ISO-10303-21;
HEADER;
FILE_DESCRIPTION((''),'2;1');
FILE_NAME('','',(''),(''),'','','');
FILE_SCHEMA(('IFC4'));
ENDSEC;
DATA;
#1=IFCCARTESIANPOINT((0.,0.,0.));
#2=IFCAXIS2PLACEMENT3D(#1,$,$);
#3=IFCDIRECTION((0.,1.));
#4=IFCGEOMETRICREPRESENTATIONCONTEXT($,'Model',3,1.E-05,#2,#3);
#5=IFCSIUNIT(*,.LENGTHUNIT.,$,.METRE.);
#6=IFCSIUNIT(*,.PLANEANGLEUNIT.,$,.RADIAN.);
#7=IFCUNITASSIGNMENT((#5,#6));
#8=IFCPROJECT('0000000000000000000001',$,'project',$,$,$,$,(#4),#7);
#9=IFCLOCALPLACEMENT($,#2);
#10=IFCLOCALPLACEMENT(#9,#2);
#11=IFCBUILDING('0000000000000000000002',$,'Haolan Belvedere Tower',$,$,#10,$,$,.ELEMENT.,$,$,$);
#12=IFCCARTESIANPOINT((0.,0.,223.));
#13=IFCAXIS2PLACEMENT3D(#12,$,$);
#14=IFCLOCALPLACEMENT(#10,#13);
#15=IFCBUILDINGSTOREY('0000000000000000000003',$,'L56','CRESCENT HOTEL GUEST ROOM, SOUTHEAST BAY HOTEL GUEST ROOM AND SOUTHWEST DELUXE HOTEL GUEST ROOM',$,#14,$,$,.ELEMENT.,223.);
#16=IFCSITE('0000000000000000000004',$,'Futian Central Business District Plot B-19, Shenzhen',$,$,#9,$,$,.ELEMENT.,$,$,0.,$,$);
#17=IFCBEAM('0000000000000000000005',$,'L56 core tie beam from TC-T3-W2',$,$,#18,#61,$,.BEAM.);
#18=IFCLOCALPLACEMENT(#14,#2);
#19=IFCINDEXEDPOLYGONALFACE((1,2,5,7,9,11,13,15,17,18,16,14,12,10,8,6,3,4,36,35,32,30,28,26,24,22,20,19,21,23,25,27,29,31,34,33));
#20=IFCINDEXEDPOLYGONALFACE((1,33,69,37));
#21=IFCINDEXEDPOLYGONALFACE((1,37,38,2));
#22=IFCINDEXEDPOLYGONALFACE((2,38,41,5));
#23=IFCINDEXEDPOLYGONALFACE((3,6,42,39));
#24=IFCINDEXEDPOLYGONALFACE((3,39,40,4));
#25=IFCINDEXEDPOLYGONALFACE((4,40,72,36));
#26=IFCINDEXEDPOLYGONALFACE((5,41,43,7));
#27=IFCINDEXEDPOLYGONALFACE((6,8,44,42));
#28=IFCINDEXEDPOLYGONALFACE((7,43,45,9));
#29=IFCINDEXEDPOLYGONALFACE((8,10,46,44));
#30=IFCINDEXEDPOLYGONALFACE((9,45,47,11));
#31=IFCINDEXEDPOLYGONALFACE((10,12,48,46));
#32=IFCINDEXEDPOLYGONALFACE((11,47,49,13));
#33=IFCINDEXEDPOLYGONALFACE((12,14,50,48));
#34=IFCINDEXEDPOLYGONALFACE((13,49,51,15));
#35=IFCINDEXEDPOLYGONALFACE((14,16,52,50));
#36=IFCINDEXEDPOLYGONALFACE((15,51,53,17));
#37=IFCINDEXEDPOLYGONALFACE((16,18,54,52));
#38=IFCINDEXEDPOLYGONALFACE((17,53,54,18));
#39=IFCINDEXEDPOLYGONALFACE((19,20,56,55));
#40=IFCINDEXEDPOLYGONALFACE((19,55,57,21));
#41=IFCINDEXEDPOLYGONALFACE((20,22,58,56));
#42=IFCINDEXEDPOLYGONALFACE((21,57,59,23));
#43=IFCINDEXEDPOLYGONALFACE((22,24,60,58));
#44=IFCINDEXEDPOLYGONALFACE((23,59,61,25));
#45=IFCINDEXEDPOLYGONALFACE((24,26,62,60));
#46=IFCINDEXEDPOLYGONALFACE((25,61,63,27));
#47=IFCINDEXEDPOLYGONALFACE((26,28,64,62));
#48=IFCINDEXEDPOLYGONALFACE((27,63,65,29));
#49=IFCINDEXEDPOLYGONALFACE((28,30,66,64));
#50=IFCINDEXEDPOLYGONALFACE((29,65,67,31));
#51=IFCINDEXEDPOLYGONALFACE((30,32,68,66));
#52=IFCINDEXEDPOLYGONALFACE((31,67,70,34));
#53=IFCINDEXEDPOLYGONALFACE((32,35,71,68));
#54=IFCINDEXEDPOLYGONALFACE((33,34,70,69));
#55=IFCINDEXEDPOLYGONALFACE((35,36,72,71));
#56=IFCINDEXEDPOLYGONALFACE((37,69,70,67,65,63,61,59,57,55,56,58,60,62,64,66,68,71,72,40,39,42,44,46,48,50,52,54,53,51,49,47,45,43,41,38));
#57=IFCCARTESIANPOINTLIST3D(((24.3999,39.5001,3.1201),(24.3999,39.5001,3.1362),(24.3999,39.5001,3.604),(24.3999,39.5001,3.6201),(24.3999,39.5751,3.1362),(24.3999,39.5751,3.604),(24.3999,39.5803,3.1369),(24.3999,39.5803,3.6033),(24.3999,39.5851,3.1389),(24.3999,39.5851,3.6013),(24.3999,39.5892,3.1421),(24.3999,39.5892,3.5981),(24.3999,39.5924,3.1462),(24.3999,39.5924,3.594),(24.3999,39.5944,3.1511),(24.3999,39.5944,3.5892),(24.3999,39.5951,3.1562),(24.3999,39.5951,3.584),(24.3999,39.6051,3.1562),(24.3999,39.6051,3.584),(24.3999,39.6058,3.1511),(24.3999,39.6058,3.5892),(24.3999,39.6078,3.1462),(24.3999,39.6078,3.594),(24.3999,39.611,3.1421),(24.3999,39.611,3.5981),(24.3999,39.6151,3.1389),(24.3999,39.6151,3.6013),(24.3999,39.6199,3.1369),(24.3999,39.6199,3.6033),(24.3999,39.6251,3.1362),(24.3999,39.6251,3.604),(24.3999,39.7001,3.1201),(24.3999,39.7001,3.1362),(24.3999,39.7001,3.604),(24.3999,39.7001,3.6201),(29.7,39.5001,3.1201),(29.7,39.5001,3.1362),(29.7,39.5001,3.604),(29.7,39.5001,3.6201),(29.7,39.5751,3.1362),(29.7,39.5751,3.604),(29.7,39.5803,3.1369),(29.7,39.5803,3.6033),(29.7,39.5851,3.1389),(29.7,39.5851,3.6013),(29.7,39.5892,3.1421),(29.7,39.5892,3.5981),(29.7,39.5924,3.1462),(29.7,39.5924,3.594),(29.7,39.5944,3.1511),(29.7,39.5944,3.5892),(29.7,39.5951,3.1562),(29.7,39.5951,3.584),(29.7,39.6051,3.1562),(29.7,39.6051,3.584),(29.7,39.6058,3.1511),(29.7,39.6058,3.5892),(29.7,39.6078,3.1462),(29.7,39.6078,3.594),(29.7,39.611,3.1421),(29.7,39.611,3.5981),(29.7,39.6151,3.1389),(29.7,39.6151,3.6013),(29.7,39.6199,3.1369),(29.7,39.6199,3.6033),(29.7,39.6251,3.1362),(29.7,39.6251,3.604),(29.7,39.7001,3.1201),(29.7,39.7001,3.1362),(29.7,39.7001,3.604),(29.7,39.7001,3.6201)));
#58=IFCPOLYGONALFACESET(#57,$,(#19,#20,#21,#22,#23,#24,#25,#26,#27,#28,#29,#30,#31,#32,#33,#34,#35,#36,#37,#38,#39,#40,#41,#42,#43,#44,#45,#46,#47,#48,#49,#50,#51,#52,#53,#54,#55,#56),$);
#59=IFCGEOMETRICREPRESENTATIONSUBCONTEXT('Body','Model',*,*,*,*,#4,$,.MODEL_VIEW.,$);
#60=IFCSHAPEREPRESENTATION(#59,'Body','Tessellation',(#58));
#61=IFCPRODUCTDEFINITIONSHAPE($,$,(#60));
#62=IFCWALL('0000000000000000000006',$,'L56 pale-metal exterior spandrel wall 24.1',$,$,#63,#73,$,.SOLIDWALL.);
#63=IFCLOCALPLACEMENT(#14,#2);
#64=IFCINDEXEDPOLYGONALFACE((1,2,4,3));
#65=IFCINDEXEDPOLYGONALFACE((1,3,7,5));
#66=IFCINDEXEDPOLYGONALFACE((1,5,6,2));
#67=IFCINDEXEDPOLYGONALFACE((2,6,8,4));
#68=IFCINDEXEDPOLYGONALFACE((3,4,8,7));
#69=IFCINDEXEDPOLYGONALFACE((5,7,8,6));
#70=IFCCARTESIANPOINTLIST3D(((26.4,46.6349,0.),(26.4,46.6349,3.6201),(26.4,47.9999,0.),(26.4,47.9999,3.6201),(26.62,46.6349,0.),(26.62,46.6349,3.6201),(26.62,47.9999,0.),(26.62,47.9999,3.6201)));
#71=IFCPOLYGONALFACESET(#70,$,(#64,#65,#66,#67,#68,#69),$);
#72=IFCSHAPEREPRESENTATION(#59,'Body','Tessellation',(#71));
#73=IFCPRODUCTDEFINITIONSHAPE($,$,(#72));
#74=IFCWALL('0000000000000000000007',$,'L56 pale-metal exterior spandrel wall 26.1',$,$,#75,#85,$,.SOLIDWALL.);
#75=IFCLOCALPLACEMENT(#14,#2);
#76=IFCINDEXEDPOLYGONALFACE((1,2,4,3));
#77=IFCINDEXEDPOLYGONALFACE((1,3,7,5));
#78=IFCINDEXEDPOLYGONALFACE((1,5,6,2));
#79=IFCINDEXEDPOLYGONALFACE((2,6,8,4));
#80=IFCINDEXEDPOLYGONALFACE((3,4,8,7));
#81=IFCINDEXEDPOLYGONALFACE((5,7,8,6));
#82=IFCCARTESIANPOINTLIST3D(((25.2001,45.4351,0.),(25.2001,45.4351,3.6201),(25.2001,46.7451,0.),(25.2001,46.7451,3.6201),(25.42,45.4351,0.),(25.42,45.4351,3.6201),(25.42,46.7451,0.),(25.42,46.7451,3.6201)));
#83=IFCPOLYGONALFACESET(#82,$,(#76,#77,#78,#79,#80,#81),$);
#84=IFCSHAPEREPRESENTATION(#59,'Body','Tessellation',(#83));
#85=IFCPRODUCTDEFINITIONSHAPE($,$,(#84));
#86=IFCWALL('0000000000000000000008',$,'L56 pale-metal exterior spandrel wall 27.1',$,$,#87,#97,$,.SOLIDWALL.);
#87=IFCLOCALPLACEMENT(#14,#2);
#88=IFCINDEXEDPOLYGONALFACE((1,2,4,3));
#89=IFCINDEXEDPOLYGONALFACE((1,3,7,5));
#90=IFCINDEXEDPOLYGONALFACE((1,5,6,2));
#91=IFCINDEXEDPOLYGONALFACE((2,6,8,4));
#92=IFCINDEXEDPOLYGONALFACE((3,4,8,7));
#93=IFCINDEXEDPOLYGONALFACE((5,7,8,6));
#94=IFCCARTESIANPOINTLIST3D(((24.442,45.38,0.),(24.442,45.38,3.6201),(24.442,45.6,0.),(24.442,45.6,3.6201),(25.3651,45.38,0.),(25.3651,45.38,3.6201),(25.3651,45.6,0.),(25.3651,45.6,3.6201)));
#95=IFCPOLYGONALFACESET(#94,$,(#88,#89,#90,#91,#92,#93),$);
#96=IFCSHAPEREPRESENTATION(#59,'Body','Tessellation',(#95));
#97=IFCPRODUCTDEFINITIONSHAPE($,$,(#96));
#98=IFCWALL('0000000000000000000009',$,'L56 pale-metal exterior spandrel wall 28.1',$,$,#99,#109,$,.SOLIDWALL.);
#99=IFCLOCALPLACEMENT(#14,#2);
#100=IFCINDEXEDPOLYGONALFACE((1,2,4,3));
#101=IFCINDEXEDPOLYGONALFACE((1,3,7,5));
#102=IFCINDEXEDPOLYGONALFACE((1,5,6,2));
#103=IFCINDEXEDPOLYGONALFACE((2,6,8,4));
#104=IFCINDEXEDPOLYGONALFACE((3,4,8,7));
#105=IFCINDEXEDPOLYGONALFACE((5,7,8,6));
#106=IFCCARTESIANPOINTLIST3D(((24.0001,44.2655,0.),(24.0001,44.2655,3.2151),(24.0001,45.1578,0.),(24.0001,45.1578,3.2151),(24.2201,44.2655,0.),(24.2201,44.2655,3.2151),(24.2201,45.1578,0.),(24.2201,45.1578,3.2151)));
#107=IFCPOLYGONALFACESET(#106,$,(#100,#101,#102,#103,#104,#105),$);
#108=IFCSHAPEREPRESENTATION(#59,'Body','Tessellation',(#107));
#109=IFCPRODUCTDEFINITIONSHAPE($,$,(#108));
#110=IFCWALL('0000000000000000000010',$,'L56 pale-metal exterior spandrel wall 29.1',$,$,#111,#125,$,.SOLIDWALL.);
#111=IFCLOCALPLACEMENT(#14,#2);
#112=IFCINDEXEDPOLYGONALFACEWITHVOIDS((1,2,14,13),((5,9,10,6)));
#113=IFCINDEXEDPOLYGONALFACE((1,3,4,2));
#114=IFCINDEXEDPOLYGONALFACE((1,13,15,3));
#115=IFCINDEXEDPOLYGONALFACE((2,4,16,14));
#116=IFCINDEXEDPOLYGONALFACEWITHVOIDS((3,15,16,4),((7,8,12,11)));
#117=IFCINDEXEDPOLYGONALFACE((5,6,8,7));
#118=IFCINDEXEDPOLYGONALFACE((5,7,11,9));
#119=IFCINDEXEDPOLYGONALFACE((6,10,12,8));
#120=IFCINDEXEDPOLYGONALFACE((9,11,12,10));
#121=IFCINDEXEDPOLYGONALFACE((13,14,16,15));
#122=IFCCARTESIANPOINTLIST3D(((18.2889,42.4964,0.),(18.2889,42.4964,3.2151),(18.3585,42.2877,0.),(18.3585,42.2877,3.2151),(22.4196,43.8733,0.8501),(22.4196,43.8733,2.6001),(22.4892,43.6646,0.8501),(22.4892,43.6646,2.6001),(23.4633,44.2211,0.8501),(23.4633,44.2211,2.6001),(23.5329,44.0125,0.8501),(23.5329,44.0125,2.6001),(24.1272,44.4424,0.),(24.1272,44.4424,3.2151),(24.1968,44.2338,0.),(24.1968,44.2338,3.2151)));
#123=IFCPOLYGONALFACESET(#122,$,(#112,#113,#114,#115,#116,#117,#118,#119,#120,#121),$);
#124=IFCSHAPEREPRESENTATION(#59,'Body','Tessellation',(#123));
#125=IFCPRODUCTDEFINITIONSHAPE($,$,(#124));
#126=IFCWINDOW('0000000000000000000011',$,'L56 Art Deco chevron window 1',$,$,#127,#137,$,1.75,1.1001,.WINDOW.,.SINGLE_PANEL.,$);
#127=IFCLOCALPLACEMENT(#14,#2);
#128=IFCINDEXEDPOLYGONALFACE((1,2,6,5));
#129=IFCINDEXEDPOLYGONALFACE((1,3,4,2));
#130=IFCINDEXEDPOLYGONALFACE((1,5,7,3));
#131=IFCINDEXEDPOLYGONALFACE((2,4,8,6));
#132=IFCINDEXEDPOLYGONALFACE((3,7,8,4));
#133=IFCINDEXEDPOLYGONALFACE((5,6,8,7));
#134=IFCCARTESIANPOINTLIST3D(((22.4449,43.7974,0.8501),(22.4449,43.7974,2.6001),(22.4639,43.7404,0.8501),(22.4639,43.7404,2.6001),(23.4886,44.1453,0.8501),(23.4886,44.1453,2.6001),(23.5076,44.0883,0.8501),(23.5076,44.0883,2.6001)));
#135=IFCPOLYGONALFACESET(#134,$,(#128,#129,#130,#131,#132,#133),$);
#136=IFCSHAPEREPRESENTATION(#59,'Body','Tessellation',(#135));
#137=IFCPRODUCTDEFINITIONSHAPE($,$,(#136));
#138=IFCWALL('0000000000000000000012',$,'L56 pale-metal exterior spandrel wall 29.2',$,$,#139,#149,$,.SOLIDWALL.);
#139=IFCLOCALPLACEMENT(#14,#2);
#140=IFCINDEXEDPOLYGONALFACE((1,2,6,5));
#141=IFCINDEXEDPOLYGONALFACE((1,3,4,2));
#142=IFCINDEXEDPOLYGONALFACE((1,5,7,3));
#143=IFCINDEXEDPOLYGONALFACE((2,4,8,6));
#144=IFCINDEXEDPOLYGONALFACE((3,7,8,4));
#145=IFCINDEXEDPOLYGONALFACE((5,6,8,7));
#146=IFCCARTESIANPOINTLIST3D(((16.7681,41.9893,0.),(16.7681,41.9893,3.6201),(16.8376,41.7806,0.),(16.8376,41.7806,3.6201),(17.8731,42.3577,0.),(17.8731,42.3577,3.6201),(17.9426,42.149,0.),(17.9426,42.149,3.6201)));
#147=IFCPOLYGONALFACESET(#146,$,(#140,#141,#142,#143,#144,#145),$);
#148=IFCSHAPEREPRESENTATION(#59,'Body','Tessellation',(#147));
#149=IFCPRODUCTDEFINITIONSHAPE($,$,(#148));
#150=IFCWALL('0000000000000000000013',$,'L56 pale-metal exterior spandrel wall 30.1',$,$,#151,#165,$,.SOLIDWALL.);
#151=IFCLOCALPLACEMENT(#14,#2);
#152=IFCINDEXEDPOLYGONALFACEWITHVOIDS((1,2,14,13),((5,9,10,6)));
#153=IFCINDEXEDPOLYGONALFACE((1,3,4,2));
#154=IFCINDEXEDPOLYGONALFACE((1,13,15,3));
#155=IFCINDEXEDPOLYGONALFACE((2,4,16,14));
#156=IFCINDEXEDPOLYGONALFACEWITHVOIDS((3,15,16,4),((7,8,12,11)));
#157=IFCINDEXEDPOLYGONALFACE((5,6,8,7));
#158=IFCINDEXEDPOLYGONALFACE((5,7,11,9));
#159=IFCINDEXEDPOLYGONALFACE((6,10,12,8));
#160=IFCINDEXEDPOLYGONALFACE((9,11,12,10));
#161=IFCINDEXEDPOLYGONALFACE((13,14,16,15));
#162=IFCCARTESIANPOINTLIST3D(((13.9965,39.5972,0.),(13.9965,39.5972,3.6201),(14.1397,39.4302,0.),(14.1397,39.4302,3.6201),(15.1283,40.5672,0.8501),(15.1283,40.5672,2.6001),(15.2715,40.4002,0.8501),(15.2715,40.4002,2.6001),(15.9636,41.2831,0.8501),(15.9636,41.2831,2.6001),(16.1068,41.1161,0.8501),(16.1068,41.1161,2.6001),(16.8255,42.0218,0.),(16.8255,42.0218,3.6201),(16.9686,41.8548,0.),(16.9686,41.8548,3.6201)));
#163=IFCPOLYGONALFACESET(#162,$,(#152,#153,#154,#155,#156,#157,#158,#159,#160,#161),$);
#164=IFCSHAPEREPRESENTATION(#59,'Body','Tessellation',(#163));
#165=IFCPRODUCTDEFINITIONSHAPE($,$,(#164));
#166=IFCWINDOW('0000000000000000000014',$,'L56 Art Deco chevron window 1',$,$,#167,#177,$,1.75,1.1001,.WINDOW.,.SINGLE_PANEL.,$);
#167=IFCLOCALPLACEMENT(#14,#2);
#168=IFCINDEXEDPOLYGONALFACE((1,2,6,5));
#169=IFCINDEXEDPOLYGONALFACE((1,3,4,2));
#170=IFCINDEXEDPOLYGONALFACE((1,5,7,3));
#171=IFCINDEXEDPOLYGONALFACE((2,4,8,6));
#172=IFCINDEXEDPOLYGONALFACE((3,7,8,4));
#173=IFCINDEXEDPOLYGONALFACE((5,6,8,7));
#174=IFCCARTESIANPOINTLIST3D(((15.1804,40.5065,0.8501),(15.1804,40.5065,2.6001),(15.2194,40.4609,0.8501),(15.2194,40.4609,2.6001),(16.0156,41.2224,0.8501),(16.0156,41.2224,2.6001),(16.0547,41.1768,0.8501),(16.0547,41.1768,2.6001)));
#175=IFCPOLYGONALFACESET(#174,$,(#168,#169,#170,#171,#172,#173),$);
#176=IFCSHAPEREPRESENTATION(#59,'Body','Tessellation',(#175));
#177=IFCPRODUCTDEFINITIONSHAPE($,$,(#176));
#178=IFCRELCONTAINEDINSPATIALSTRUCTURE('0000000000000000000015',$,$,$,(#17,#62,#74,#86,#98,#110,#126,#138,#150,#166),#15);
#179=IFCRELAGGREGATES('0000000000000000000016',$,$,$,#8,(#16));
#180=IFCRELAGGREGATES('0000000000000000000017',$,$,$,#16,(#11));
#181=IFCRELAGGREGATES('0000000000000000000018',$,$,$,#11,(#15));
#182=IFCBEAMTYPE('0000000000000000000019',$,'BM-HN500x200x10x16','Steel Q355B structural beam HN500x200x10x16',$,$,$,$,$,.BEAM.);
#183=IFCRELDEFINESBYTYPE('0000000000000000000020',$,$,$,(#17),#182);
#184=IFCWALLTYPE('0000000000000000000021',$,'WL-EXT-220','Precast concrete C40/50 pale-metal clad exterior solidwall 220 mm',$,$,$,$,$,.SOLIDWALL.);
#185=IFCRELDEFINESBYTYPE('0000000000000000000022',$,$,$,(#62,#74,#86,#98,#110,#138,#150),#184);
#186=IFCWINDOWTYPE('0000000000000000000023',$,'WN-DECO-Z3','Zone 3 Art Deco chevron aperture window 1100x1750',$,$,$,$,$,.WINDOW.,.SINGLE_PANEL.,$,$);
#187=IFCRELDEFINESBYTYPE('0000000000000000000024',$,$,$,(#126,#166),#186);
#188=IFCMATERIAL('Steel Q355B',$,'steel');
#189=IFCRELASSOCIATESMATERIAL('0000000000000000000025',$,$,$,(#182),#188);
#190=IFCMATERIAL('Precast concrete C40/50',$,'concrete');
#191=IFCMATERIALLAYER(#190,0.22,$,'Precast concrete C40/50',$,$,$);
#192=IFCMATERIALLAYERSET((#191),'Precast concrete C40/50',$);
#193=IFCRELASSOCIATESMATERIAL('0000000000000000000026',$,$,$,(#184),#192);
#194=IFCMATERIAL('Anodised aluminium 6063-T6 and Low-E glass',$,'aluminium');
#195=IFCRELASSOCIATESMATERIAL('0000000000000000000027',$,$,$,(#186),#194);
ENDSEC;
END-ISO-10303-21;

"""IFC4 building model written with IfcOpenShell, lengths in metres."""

from ifc_helpers import new_model, si_unit, direction, frame, frame_2d, origin, origin_2d, place, context, subcontext, project, spatial, rectangle, i_section, extrude, material, layer, layer_set, material_profile, profile_set, type_object, element, fill, save


model = new_model("IFC4")

# Units and contexts
model_context = context("Model", 3, precision=1e-05, world=origin(), true_north=direction((0.0, 1.0)))
body_context = subcontext(model_context, "Body", "Model", "MODEL_VIEW")
ifc_project = project(units=[si_unit("LENGTHUNIT", "METRE"), si_unit("PLANEANGLEUNIT", "RADIAN")], contexts=[model_context])

# Site, building, storey
site_placement = place(None, origin())
site = spatial("IfcSite", under=ifc_project, at=site_placement, Name="Futian Central Business District Plot B-19, Shenzhen", CompositionType="ELEMENT", RefElevation=0.0)
building_placement = place(site_placement, origin())
building = spatial("IfcBuilding", under=site, at=building_placement, Name="Haolan Belvedere Tower", CompositionType="ELEMENT")
storey_placement = place(building_placement, frame((0.0, 0.0, 223.0)))
storey = spatial("IfcBuildingStorey", under=building, at=storey_placement, Name="L56", Description="CRESCENT HOTEL GUEST ROOM, SOUTHEAST BAY HOTEL GUEST ROOM AND SOUTHWEST DELUXE HOTEL GUEST ROOM", CompositionType="ELEMENT", Elevation=223.0)

# Beam
ifc_material_1 = material(Name="Steel Q355B", Category="steel")
ifc_material_profile_1 = material_profile(ifc_material_1, i_section(OverallWidth=0.2, OverallDepth=0.5, WebThickness=0.01, FlangeThickness=0.0161, FilletRadius=0.02, at=origin_2d()), Name="Steel Q355B")
ifc_profile_set_1 = profile_set([ifc_material_profile_1], Name="Steel Q355B")
beam_type_1 = type_object("IfcBeamType", Name="BM-HN500x200x10x16", Description="Steel Q355B structural beam HN500x200x10x16", PredefinedType="BEAM", material=ifc_profile_set_1)
beam_1_placement = place(storey_placement, frame((24.3999, 39.6001, 3.3701), z_axis=(1.0, 0.0, 0.0), x_axis=(0.0, 1.0, 0.0)))
element("IfcBeam", 1, at=beam_1_placement, inside=storey, type_object=beam_type_1, Name="L56 core tie beam from TC-T3-W2", PredefinedType="BEAM", context=body_context, shape_type="SweptSolid", body=[
    extrude(i_section(OverallWidth=0.2, OverallDepth=0.5, WebThickness=0.01, FlangeThickness=0.0161, FilletRadius=0.02, at=origin_2d()), origin(), (0.0, 0.0, 1.0), 5.3),
])

# Walls
ifc_material_2 = material(Name="Precast concrete C40/50", Category="concrete")
ifc_layer_1 = layer(ifc_material_2, 0.22, Name="Precast concrete C40/50")
ifc_layer_set_1 = layer_set([ifc_layer_1], Name="Precast concrete C40/50")
wall_type_1 = type_object("IfcWallType", Name="WL-EXT-220", Description="Precast concrete C40/50 pale-metal clad exterior solidwall 220 mm", PredefinedType="SOLIDWALL", material=ifc_layer_set_1)
wall_1_placement = place(storey_placement, frame((26.51, 48.0, 0.0), z_axis=(0.0, 0.0, 1.0), x_axis=(0.0, -1.0, 0.0)))
element("IfcWall", 2, at=wall_1_placement, inside=storey, type_object=wall_type_1, Name="L56 pale-metal exterior spandrel wall 24.1", PredefinedType="SOLIDWALL", context=body_context, shape_type="SweptSolid", body=[
    extrude(rectangle(XDim=1.365, YDim=0.22, at=frame_2d((0.6826, 0.0))), origin(), (0.0, 0.0, 1.0), 3.6201),
])
wall_2_placement = place(storey_placement, frame((25.3101, 46.7451, 0.0), z_axis=(0.0, 0.0, 1.0), x_axis=(0.0, -1.0, 0.0)))
element("IfcWall", 3, at=wall_2_placement, inside=storey, type_object=wall_type_1, Name="L56 pale-metal exterior spandrel wall 26.1", PredefinedType="SOLIDWALL", context=body_context, shape_type="SweptSolid", body=[
    extrude(rectangle(XDim=1.3101, YDim=0.22, at=frame_2d((0.655, 0.0))), origin(), (0.0, 0.0, 1.0), 3.6201),
])
wall_3_placement = place(storey_placement, frame((25.365, 45.49, 0.0), z_axis=(0.0, 0.0, 1.0), x_axis=(-1.0, 0.0, 0.0)))
element("IfcWall", 4, at=wall_3_placement, inside=storey, type_object=wall_type_1, Name="L56 pale-metal exterior spandrel wall 27.1", PredefinedType="SOLIDWALL", context=body_context, shape_type="SweptSolid", body=[
    extrude(rectangle(XDim=0.9231, YDim=0.22, at=frame_2d((0.4614, 0.0))), origin(), (0.0, 0.0, 1.0), 3.6201),
])
wall_4_placement = place(storey_placement, frame((24.1101, 45.158, 0.0), z_axis=(0.0, 0.0, 1.0), x_axis=(0.0, -1.0, 0.0)))
element("IfcWall", 5, at=wall_4_placement, inside=storey, type_object=wall_type_1, Name="L56 pale-metal exterior spandrel wall 28.1", PredefinedType="SOLIDWALL", context=body_context, shape_type="SweptSolid", body=[
    extrude(rectangle(XDim=0.8923, YDim=0.22, at=frame_2d((0.4463, 0.0))), origin(), (0.0, 0.0, 1.0), 3.2151),
])

# Wall, opening, window
wall_5_placement = place(storey_placement, frame((24.1621, 44.3381, 0.0), z_axis=(0.0, 0.0, 1.0), x_axis=(-0.948687, -0.316216, 0.0)))
wall_5 = element("IfcWall", 6, at=wall_5_placement, inside=storey, type_object=wall_type_1, Name="L56 pale-metal exterior spandrel wall 29.1", PredefinedType="SOLIDWALL", context=body_context, shape_type="SweptSolid", body=[
    extrude(rectangle(XDim=6.1541, YDim=0.22, at=frame_2d((3.0771, 0.0))), origin(), (0.0, 0.0, 1.0), 3.2151),
])
opening_1_placement = place(wall_5_placement, frame((0.7, 0.0, 0.8501)))
opening_1 = element("IfcOpeningElement", 7, at=opening_1_placement, cuts=wall_5, PredefinedType="OPENING", context=body_context, shape_type="SweptSolid", body=[
    extrude(rectangle(XDim=1.1001, YDim=1.75, at=frame_2d((0.55, 0.875))), frame((0.0, 0.1199, 0.0), z_axis=(0.0, -1.0, 0.0), x_axis=(1.0, 0.0, 0.0)), (0.0, 0.0, 1.0), 0.24),
])
ifc_material_3 = material(Name="Anodised aluminium 6063-T6 and Low-E glass", Category="aluminium")
window_type = type_object("IfcWindowType", Name="WN-DECO-Z3", Description="Zone 3 Art Deco chevron aperture window 1100x1750", PartitioningType="SINGLE_PANEL", PredefinedType="WINDOW", material=ifc_material_3)
window_1_placement = place(opening_1_placement, origin())
window_1 = element("IfcWindow", 8, at=window_1_placement, inside=storey, type_object=window_type, Name="L56 Art Deco chevron window 1", OverallHeight=1.75, OverallWidth=1.1001, PartitioningType="SINGLE_PANEL", PredefinedType="WINDOW", context=body_context, shape_type="SweptSolid", body=[
    extrude(rectangle(XDim=1.1001, YDim=1.75, at=frame_2d((0.55, 0.875))), frame((0.0, 0.03, 0.0), z_axis=(0.0, -1.0, 0.0), x_axis=(1.0, 0.0, 0.0)), (0.0, 0.0, 1.0), 0.0601),
])
fill(opening_1, window_1)

# Wall
wall_6_placement = place(storey_placement, frame((17.908, 42.2534, 0.0), z_axis=(0.0, 0.0, 1.0), x_axis=(-0.948662, -0.316291, 0.0)))
element("IfcWall", 9, at=wall_6_placement, inside=storey, type_object=wall_type_1, Name="L56 pale-metal exterior spandrel wall 29.2", PredefinedType="SOLIDWALL", context=body_context, shape_type="SweptSolid", body=[
    extrude(rectangle(XDim=1.1648, YDim=0.22, at=frame_2d((0.5825, 0.0))), origin(), (0.0, 0.0, 1.0), 3.6201),
])

# Wall, opening, window
wall_7_placement = place(storey_placement, frame((16.897, 41.9382, 0.0), z_axis=(0.0, 0.0, 1.0), x_axis=(-0.75928, -0.650764, 0.0)))
wall_7 = element("IfcWall", 10, at=wall_7_placement, inside=storey, type_object=wall_type_1, Name="L56 pale-metal exterior spandrel wall 30.1", PredefinedType="SOLIDWALL", context=body_context, shape_type="SweptSolid", body=[
    extrude(rectangle(XDim=3.7258, YDim=0.22, at=frame_2d((1.8628, 0.0))), origin(), (0.0, 0.0, 1.0), 3.6201),
])
opening_2_placement = place(wall_7_placement, frame((1.135, 0.0, 0.8501)))
opening_2 = element("IfcOpeningElement", 11, at=opening_2_placement, cuts=wall_7, PredefinedType="OPENING", context=body_context, shape_type="SweptSolid", body=[
    extrude(rectangle(XDim=1.1001, YDim=1.75, at=frame_2d((0.55, 0.875))), frame((0.0, 0.1199, 0.0), z_axis=(0.0, -1.0, 0.0), x_axis=(1.0, 0.0, 0.0)), (0.0, 0.0, 1.0), 0.24),
])
window_2_placement = place(opening_2_placement, origin())
window_2 = element("IfcWindow", 12, at=window_2_placement, inside=storey, type_object=window_type, Name="L56 Art Deco chevron window 1", OverallHeight=1.75, OverallWidth=1.1001, PartitioningType="SINGLE_PANEL", PredefinedType="WINDOW", context=body_context, shape_type="SweptSolid", body=[
    extrude(rectangle(XDim=1.1001, YDim=1.75, at=frame_2d((0.55, 0.875))), frame((0.0, 0.03, 0.0), z_axis=(0.0, -1.0, 0.0), x_axis=(1.0, 0.0, 0.0)), (0.0, 0.0, 1.0), 0.0601),
])
fill(opening_2, window_2)

save(model, "model.ifc")
